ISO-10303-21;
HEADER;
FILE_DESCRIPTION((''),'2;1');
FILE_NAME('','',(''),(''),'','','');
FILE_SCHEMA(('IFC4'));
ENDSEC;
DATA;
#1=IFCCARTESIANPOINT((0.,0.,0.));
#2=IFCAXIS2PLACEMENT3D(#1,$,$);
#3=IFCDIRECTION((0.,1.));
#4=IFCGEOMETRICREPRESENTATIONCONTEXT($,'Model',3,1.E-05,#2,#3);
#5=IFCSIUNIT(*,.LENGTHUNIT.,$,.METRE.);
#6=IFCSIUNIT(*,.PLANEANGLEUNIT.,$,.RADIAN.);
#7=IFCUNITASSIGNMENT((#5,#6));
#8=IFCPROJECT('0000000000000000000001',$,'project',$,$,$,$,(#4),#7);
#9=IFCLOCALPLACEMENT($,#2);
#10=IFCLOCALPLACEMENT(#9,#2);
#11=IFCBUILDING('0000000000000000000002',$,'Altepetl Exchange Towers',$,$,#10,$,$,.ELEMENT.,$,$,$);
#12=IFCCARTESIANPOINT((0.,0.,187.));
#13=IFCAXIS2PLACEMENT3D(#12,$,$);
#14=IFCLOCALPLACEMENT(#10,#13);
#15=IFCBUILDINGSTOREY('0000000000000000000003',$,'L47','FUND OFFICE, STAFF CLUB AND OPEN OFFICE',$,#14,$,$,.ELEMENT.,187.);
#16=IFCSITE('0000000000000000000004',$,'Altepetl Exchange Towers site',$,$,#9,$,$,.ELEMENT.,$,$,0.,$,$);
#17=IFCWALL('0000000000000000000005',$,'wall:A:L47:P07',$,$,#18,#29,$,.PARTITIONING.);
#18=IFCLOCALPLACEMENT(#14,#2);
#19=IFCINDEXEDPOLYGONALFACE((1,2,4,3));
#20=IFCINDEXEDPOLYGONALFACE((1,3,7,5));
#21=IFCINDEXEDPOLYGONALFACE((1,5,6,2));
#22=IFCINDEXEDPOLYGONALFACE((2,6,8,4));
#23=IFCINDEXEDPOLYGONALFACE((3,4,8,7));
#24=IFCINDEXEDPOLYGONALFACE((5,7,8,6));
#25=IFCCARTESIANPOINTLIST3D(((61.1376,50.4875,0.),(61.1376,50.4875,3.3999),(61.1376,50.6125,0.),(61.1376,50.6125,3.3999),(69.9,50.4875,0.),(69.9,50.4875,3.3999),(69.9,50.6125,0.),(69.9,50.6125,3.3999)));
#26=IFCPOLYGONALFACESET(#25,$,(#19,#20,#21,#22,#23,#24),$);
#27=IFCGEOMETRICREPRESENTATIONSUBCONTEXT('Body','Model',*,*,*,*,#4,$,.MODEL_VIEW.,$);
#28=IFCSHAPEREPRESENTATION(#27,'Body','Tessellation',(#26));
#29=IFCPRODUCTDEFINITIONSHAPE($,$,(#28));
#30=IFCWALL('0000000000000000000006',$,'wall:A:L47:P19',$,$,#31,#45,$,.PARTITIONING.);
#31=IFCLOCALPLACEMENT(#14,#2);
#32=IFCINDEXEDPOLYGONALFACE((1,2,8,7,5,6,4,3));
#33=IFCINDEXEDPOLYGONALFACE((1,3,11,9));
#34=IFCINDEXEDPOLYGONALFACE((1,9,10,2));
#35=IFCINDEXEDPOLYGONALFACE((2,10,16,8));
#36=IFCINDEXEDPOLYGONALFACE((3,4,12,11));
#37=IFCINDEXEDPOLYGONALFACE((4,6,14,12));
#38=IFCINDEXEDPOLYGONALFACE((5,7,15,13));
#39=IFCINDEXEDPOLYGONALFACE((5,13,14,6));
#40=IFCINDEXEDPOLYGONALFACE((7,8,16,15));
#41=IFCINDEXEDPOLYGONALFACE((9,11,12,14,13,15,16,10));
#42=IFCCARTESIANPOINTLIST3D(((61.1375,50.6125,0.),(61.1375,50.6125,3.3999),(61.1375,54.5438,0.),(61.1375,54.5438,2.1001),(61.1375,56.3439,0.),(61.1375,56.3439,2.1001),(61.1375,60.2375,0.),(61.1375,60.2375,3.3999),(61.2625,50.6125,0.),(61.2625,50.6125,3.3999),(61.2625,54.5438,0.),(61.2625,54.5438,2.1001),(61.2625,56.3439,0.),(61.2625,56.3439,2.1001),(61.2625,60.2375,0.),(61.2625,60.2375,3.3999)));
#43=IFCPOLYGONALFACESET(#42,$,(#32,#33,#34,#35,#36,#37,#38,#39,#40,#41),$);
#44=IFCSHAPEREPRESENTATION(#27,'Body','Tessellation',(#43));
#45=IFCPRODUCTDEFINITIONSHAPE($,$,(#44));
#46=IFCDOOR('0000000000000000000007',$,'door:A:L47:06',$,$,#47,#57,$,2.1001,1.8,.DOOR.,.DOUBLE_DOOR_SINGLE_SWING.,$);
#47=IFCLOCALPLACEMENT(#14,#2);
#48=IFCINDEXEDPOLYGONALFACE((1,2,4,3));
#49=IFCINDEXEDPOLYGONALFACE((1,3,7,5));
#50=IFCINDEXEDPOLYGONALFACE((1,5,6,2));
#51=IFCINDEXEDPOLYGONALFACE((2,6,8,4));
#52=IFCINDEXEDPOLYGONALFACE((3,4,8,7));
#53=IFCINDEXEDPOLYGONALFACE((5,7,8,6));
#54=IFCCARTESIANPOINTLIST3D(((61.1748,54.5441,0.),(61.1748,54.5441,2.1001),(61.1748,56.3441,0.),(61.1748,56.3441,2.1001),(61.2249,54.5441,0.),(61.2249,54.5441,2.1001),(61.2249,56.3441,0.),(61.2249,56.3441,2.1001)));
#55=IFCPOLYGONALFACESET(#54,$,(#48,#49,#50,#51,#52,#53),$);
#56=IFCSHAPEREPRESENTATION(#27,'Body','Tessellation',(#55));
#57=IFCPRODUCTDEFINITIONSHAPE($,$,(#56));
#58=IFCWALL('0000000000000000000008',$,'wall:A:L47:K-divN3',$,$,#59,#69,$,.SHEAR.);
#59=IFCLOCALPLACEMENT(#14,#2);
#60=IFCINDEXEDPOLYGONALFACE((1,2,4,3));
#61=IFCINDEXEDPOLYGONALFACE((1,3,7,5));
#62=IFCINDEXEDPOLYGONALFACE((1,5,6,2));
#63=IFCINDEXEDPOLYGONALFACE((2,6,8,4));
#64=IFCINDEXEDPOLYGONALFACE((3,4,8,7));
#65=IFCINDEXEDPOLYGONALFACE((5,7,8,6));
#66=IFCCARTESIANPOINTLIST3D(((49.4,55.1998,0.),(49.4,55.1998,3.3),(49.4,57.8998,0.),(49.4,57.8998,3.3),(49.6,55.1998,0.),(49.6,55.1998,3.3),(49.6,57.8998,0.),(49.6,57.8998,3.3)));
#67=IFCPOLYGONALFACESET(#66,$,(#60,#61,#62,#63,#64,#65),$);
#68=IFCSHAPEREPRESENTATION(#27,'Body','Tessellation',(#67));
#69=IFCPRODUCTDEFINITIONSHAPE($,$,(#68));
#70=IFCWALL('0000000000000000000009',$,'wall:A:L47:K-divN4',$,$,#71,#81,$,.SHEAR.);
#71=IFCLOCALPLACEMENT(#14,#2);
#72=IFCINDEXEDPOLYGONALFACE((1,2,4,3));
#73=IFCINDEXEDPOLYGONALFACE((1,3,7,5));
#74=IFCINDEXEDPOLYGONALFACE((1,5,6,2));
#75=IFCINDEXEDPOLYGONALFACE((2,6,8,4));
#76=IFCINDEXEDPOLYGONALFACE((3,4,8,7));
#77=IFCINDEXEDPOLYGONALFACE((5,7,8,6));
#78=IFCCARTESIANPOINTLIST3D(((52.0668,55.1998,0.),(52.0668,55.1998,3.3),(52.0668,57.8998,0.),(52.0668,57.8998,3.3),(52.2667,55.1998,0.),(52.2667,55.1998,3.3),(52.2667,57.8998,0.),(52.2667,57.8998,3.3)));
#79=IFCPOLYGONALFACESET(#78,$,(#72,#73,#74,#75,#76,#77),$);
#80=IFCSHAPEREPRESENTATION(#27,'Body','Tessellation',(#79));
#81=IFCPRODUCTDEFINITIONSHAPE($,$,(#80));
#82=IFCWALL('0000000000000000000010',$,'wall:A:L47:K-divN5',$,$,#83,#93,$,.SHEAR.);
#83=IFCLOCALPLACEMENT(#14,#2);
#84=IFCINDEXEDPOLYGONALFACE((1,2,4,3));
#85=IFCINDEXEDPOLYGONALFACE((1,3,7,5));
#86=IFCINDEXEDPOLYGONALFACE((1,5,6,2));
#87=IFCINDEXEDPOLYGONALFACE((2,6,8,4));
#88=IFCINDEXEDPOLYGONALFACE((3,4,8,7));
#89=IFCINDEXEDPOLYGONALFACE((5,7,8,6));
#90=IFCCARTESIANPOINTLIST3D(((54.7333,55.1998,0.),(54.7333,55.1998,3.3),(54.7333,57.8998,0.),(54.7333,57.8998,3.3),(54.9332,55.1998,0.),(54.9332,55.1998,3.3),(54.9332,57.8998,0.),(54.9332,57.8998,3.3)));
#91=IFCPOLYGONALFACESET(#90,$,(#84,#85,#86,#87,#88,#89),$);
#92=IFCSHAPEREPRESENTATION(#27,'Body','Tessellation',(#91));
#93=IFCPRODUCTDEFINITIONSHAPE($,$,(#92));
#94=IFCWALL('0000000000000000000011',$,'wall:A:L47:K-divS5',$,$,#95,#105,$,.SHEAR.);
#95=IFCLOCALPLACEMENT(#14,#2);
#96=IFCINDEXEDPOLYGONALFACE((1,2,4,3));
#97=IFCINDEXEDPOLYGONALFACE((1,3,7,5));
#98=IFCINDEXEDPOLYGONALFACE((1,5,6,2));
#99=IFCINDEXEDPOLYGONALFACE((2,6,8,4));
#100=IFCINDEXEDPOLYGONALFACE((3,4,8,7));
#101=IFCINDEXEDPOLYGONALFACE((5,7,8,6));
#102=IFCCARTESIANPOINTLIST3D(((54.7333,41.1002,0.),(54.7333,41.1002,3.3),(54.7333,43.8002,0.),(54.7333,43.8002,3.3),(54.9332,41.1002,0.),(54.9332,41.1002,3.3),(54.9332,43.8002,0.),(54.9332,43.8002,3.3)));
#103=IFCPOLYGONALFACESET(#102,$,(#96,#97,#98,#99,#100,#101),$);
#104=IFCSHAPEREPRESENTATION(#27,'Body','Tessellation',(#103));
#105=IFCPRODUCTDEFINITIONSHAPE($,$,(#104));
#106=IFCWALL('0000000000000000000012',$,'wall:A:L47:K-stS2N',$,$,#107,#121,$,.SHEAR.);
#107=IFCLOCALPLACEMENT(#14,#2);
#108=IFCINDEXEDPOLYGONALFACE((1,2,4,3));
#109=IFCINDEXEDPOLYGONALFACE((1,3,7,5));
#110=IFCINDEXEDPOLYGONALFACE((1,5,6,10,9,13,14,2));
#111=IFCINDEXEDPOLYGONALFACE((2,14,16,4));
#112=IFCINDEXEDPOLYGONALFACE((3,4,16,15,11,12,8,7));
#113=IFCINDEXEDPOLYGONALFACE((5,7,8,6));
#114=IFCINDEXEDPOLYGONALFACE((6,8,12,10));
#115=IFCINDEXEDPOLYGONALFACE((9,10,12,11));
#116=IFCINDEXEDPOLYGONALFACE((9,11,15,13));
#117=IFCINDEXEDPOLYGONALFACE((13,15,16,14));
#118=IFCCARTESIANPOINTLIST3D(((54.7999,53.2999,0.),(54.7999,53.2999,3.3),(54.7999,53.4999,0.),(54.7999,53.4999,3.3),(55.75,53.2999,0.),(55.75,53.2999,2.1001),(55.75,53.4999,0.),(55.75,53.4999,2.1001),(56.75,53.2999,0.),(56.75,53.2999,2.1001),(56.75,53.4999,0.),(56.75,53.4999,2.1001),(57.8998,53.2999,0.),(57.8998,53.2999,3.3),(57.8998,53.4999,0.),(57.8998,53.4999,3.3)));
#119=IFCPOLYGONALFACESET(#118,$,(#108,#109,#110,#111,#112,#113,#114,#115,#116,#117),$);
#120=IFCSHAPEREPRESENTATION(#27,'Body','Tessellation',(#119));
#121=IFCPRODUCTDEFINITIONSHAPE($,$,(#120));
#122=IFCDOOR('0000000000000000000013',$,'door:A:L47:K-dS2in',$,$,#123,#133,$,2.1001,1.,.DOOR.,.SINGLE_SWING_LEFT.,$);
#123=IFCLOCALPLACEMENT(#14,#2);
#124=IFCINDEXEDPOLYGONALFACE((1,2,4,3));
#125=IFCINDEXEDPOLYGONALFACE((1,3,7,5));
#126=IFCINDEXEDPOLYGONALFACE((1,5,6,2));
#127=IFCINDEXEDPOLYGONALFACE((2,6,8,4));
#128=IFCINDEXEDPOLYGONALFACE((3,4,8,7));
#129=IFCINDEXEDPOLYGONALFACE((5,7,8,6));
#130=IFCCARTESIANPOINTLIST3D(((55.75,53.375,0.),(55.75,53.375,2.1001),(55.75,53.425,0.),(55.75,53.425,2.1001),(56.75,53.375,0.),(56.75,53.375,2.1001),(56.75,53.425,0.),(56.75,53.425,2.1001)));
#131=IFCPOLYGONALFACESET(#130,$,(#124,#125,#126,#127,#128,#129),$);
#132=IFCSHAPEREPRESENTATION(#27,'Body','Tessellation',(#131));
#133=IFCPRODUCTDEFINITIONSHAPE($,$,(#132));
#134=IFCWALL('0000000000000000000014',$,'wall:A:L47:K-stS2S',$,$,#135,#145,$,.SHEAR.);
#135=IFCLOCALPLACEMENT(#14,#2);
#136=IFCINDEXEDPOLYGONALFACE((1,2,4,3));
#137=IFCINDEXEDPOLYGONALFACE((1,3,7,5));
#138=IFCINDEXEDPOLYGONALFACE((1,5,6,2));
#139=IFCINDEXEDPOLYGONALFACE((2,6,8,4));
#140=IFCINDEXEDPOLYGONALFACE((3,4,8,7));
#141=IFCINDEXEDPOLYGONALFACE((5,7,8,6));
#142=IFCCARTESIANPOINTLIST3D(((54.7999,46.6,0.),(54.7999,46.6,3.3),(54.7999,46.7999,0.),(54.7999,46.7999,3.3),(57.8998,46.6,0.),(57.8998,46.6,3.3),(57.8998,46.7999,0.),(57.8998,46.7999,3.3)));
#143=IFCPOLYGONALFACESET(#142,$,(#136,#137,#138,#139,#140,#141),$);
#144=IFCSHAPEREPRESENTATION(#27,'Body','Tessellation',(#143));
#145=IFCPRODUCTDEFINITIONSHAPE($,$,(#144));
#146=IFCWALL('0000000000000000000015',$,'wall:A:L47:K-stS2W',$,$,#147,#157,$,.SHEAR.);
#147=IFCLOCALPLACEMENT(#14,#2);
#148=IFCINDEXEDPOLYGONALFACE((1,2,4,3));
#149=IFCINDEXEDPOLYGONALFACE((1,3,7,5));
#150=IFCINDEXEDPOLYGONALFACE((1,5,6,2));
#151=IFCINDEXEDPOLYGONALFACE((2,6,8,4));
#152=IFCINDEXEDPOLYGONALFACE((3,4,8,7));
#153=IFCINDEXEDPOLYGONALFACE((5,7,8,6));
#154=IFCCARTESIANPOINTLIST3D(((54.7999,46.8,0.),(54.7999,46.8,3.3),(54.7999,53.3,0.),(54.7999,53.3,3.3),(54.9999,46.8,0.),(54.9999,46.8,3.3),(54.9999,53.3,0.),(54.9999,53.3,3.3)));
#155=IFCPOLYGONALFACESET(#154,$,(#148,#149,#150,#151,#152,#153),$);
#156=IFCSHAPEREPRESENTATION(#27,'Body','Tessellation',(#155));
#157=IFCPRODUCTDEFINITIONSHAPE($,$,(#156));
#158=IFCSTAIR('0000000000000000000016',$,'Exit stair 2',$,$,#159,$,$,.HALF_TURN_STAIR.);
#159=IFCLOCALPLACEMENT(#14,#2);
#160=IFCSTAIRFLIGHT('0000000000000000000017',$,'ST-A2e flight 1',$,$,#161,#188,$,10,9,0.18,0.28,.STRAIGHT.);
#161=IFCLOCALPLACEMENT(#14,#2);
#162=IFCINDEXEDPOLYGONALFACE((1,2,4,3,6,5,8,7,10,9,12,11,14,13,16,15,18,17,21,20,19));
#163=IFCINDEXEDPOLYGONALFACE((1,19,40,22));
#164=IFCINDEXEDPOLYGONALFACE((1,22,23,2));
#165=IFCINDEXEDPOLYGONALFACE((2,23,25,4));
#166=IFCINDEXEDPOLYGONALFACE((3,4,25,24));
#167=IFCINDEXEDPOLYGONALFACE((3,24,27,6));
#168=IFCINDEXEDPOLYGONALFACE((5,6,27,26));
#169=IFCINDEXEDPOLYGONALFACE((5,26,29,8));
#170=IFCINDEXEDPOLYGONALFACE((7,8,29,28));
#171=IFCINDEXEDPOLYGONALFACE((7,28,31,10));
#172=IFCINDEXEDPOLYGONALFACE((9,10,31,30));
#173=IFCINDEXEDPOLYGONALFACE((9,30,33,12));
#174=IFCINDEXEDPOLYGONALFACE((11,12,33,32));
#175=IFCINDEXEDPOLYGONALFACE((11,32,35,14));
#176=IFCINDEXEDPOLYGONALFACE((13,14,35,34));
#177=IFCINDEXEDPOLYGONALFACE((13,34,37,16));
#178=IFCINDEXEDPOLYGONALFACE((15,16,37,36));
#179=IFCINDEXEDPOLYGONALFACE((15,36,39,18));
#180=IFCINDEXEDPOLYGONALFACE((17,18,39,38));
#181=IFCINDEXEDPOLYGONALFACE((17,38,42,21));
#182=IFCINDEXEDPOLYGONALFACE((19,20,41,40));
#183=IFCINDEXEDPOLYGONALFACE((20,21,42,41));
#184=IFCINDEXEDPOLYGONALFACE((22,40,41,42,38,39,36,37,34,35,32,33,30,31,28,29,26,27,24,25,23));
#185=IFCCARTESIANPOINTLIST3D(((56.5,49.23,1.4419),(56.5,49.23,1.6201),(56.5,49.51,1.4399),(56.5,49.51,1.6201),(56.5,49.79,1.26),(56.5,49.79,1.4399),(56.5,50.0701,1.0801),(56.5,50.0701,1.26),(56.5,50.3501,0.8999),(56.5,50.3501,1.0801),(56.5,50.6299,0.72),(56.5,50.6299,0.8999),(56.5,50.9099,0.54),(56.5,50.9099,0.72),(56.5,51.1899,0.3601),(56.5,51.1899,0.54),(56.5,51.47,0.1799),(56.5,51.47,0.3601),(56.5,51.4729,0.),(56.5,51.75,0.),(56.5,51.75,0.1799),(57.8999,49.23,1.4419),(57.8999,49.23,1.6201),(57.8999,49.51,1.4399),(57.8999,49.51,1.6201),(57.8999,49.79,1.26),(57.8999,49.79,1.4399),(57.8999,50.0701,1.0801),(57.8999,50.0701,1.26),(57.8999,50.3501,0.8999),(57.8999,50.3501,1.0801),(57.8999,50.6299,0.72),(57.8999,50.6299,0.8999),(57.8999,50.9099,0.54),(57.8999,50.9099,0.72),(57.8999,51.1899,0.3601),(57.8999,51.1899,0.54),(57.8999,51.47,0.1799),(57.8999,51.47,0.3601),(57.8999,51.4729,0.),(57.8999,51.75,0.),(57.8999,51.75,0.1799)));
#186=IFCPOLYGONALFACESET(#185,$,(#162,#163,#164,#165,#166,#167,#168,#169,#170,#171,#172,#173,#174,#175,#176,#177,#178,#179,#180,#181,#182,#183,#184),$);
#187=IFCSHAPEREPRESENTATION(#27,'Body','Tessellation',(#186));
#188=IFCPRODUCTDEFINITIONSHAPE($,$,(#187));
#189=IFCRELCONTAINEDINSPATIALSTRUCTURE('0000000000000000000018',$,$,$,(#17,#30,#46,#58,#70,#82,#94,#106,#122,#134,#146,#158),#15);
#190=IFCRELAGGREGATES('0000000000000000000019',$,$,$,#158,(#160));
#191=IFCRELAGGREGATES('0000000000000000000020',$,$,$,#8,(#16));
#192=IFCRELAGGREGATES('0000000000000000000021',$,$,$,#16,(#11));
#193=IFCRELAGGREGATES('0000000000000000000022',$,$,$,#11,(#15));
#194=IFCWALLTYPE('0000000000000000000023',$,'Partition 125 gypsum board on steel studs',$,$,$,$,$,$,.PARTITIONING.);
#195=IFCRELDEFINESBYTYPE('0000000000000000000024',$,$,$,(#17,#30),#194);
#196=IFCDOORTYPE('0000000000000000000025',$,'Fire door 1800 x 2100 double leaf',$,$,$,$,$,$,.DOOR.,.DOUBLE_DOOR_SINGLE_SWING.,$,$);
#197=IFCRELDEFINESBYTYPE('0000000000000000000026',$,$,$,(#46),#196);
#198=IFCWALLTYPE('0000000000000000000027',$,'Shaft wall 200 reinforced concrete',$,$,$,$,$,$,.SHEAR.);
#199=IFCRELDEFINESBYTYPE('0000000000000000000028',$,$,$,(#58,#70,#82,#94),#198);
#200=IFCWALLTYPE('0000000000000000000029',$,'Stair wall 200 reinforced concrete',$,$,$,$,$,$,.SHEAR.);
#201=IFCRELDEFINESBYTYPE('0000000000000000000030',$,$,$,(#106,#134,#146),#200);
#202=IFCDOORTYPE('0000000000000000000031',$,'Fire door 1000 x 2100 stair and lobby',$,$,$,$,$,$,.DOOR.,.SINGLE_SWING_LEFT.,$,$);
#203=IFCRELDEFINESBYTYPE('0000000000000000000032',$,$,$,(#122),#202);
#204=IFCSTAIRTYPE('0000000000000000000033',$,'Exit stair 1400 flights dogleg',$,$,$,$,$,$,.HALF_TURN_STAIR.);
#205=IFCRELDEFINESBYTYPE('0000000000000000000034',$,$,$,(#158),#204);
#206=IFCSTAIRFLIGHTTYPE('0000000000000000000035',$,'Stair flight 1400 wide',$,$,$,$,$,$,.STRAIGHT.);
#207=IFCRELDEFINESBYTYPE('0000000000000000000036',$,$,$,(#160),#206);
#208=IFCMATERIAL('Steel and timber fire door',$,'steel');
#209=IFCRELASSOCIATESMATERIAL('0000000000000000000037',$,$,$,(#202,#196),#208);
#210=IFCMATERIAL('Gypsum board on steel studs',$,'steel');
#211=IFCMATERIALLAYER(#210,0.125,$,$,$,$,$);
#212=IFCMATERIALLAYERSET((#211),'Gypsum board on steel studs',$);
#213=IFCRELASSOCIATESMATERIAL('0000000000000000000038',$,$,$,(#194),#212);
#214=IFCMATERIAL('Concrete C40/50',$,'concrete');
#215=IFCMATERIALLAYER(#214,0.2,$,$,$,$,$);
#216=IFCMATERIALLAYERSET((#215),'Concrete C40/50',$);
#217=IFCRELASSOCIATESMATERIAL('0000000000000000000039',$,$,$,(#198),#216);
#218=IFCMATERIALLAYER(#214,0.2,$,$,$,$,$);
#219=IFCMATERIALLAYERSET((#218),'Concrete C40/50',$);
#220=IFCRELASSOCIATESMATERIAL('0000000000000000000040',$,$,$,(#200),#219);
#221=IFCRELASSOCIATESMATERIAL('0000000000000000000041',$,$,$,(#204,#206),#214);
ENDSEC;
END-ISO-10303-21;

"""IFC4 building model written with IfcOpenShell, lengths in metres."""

from ifc_helpers import new_model, si_unit, direction, frame, frame_2d, origin, place, context, subcontext, project, spatial, polyline, rectangle, outline, extrude, material, layer, layer_set, type_object, element, fill, aggregate, save


model = new_model("IFC4")

# Units and contexts
model_context = context("Model", 3, precision=1e-05, world=origin(), true_north=direction((0.0, 1.0)))
body_context = subcontext(model_context, "Body", "Model", "MODEL_VIEW")
ifc_project = project(units=[si_unit("LENGTHUNIT", "METRE"), si_unit("PLANEANGLEUNIT", "RADIAN")], contexts=[model_context])

# Site, building, storey
site_placement = place(None, origin())
site = spatial("IfcSite", under=ifc_project, at=site_placement, Name="Altepetl Exchange Towers site", CompositionType="ELEMENT", RefElevation=0.0)
building_placement = place(site_placement, origin())
building = spatial("IfcBuilding", under=site, at=building_placement, Name="Altepetl Exchange Towers", CompositionType="ELEMENT")
storey_placement = place(building_placement, frame((0.0, 0.0, 187.0)))
storey = spatial("IfcBuildingStorey", under=building, at=storey_placement, Name="L47", Description="FUND OFFICE, STAFF CLUB AND OPEN OFFICE", CompositionType="ELEMENT", Elevation=187.0)

# Shared definitions
ifc_material_1 = material(Name="Steel and timber fire door", Category="steel")
door_type_1 = type_object("IfcDoorType", Name="Fire door 1000 x 2100 stair and lobby", OperationType="SINGLE_SWING_LEFT", PredefinedType="DOOR", material=ifc_material_1)

# Shared definitions
ifc_material_2 = material(Name="Gypsum board on steel studs", Category="steel")
ifc_layer_1 = layer(ifc_material_2, 0.125)
ifc_layer_set_1 = layer_set([ifc_layer_1], Name="Gypsum board on steel studs")
wall_type_1 = type_object("IfcWallType", Name="Partition 125 gypsum board on steel studs", PredefinedType="PARTITIONING", material=ifc_layer_set_1)

# Wall
wall_1_placement = place(storey_placement, frame((61.1375, 50.55, 0.0)))
element("IfcWall", 1, at=wall_1_placement, inside=storey, type_object=wall_type_1, Name="wall:A:L47:P07", PredefinedType="PARTITIONING", context=body_context, shape_type="SweptSolid", body=[
    extrude(rectangle(XDim=8.7625, YDim=0.125, at=frame_2d((4.3813, 0.0))), origin(), (0.0, 0.0, 1.0), 3.3999),
])

# Wall, opening, door
wall_2_placement = place(storey_placement, frame((61.2, 50.6125, 0.0), z_axis=(0.0, 0.0, 1.0), x_axis=(0.0, 1.0, 0.0)))
wall_2 = element("IfcWall", 2, at=wall_2_placement, inside=storey, type_object=wall_type_1, Name="wall:A:L47:P19", PredefinedType="PARTITIONING", context=body_context, shape_type="SweptSolid", body=[
    extrude(rectangle(XDim=9.625, YDim=0.125, at=frame_2d((4.8125, 0.0))), origin(), (0.0, 0.0, 1.0), 3.3999),
])
opening_1_placement = place(wall_2_placement, frame((3.9314, 0.0, 0.0)))
opening_1 = element("IfcOpeningElement", 3, at=opening_1_placement, cuts=wall_2, PredefinedType="OPENING", context=body_context, shape_type="SweptSolid", body=[
    extrude(rectangle(XDim=1.8, YDim=2.1001, at=frame_2d((0.8999, 1.05))), frame((0.0, 0.0725, 0.0), z_axis=(0.0, -1.0, 0.0), x_axis=(1.0, 0.0, 0.0)), (0.0, 0.0, 1.0), 0.145),
])
door_type_2 = type_object("IfcDoorType", Name="Fire door 1800 x 2100 double leaf", OperationType="DOUBLE_DOOR_SINGLE_SWING", PredefinedType="DOOR", material=ifc_material_1)
door_1_placement = place(opening_1_placement, frame((1.8, 0.0, 0.0), x_axis=(-1.0, 0.0, 0.0)))
door_1 = element("IfcDoor", 4, at=door_1_placement, inside=storey, type_object=door_type_2, Name="door:A:L47:06", OperationType="DOUBLE_DOOR_SINGLE_SWING", OverallHeight=2.1001, OverallWidth=1.8, PredefinedType="DOOR", context=body_context, shape_type="SweptSolid", body=[
    extrude(rectangle(XDim=1.8, YDim=2.1001, at=frame_2d((0.8999, 1.05))), frame((0.0, 0.0249, 0.0), z_axis=(0.0, -1.0, 0.0), x_axis=(1.0, 0.0, 0.0)), (0.0, 0.0, 1.0), 0.05),
])
fill(opening_1, door_1)

# Walls
ifc_material_3 = material(Name="Concrete C40/50", Category="concrete")
ifc_layer_2 = layer(ifc_material_3, 0.2)
ifc_layer_set_2 = layer_set([ifc_layer_2], Name="Concrete C40/50")
wall_type_2 = type_object("IfcWallType", Name="Shaft wall 200 reinforced concrete", PredefinedType="SHEAR", material=ifc_layer_set_2)
for number, where, z_axis, x_axis, name in (
    (5, (49.5, 57.8999, 0.0), (0.0, 0.0, 1.0), (0.0, -1.0, 0.0), "wall:A:L47:K-divN3"),
    (6, (52.1667, 57.8999, 0.0), (0.0, 0.0, 1.0), (0.0, -1.0, 0.0), "wall:A:L47:K-divN4"),
    (7, (54.8333, 57.8999, 0.0), (0.0, 0.0, 1.0), (0.0, -1.0, 0.0), "wall:A:L47:K-divN5"),
    (8, (54.8333, 41.1001, 0.0), (0.0, 0.0, 1.0), (0.0, 1.0, 0.0), "wall:A:L47:K-divS5"),
):
    element("IfcWall", number, at=place(storey_placement, frame(where, z_axis=z_axis, x_axis=x_axis)), inside=storey, type_object=wall_type_2, Name=name, PredefinedType="SHEAR", context=body_context, shape_type="SweptSolid", body=[
        extrude(rectangle(XDim=2.7, YDim=0.2, at=frame_2d((1.3501, 0.0))), origin(), (0.0, 0.0, 1.0), 3.3),
    ])

# Wall, opening, door
ifc_layer_3 = layer(ifc_material_3, 0.2)
ifc_layer_set_3 = layer_set([ifc_layer_3], Name="Concrete C40/50")
wall_type_3 = type_object("IfcWallType", Name="Stair wall 200 reinforced concrete", PredefinedType="SHEAR", material=ifc_layer_set_3)
wall_3_placement = place(storey_placement, frame((54.8, 53.3999, 0.0)))
wall_3 = element("IfcWall", 9, at=wall_3_placement, inside=storey, type_object=wall_type_3, Name="wall:A:L47:K-stS2N", PredefinedType="SHEAR", context=body_context, shape_type="SweptSolid", body=[
    extrude(rectangle(XDim=3.0999, YDim=0.2, at=frame_2d((1.5498, 0.0))), origin(), (0.0, 0.0, 1.0), 3.3),
])
opening_2_placement = place(wall_3_placement, frame((0.95, 0.0, 0.0)))
opening_2 = element("IfcOpeningElement", 10, at=opening_2_placement, cuts=wall_3, PredefinedType="OPENING", context=body_context, shape_type="SweptSolid", body=[
    extrude(rectangle(XDim=1.0, YDim=2.1001, at=frame_2d((0.5, 1.05))), frame((0.0, 0.1099, 0.0), z_axis=(0.0, -1.0, 0.0), x_axis=(1.0, 0.0, 0.0)), (0.0, 0.0, 1.0), 0.22),
])
door_2_placement = place(opening_2_placement, frame((1.0, 0.0, 0.0), x_axis=(-1.0, 0.0, 0.0)))
door_2 = element("IfcDoor", 11, at=door_2_placement, inside=storey, type_object=door_type_1, Name="door:A:L47:K-dS2in", OperationType="SINGLE_SWING_LEFT", OverallHeight=2.1001, OverallWidth=1.0, PredefinedType="DOOR", context=body_context, shape_type="SweptSolid", body=[
    extrude(rectangle(XDim=1.0, YDim=2.1001, at=frame_2d((0.5, 1.05))), frame((0.0, 0.0249, 0.0), z_axis=(0.0, -1.0, 0.0), x_axis=(1.0, 0.0, 0.0)), (0.0, 0.0, 1.0), 0.05),
])
fill(opening_2, door_2)

# Walls
wall_4_placement = place(storey_placement, frame((54.8, 46.7, 0.0)))
element("IfcWall", 12, at=wall_4_placement, inside=storey, type_object=wall_type_3, Name="wall:A:L47:K-stS2S", PredefinedType="SHEAR", context=body_context, shape_type="SweptSolid", body=[
    extrude(rectangle(XDim=3.0999, YDim=0.2, at=frame_2d((1.5498, 0.0))), origin(), (0.0, 0.0, 1.0), 3.3),
])
wall_5_placement = place(storey_placement, frame((54.8999, 46.8, 0.0), z_axis=(0.0, 0.0, 1.0), x_axis=(0.0, 1.0, 0.0)))
element("IfcWall", 13, at=wall_5_placement, inside=storey, type_object=wall_type_3, Name="wall:A:L47:K-stS2W", PredefinedType="SHEAR", context=body_context, shape_type="SweptSolid", body=[
    extrude(rectangle(XDim=6.5, YDim=0.2, at=frame_2d((3.25, 0.0))), origin(), (0.0, 0.0, 1.0), 3.3),
])

# Stair, stair flight
stair_type = type_object("IfcStairType", Name="Exit stair 1400 flights dogleg", PredefinedType="HALF_TURN_STAIR", material=ifc_material_3)
stair_placement = place(storey_placement, origin())
stair = element("IfcStair", 14, at=stair_placement, inside=storey, type_object=stair_type, Name="Exit stair 2", PredefinedType="HALF_TURN_STAIR")
stair_flight_type = type_object("IfcStairFlightType", Name="Stair flight 1400 wide", PredefinedType="STRAIGHT", material=ifc_material_3)
stair_flight_1_placement = place(storey_placement, frame((57.2, 51.75, 0.0), z_axis=(0.0, 0.0, 1.0), x_axis=(0.0, -1.0, 0.0)))
stair_flight_1 = element("IfcStairFlight", 15, at=stair_flight_1_placement, type_object=stair_flight_type, Name="ST-A2e flight 1", NumberOfRisers=10, NumberOfTreads=9, PredefinedType="STRAIGHT", RiserHeight=0.18, TreadLength=0.28, context=body_context, shape_type="SweptSolid", body=[
    extrude(outline(polyline([(0.0, 0.0), (0.0, 0.1799), (0.28, 0.1799), (0.28, 0.3601), (0.5601, 0.3601), (0.5601, 0.54), (0.8401, 0.54), (0.8401, 0.72), (1.1201, 0.72), (1.1201, 0.8999), (1.3999, 0.8999), (1.3999, 1.0801), (1.6799, 1.0801), (1.6799, 1.26), (1.96, 1.26), (1.96, 1.4399), (2.24, 1.4399), (2.24, 1.6201), (2.52, 1.6201), (2.52, 1.8), (2.52, 1.4419), (0.2771, 0.0), (0.0, 0.0)])), frame((0.0, 0.7, 0.0), z_axis=(0.0, -1.0, 0.0), x_axis=(1.0, 0.0, 0.0)), (0.0, 0.0, 1.0), 1.3999),
])
aggregate(stair, [stair_flight_1])

save(model, "model.ifc")
